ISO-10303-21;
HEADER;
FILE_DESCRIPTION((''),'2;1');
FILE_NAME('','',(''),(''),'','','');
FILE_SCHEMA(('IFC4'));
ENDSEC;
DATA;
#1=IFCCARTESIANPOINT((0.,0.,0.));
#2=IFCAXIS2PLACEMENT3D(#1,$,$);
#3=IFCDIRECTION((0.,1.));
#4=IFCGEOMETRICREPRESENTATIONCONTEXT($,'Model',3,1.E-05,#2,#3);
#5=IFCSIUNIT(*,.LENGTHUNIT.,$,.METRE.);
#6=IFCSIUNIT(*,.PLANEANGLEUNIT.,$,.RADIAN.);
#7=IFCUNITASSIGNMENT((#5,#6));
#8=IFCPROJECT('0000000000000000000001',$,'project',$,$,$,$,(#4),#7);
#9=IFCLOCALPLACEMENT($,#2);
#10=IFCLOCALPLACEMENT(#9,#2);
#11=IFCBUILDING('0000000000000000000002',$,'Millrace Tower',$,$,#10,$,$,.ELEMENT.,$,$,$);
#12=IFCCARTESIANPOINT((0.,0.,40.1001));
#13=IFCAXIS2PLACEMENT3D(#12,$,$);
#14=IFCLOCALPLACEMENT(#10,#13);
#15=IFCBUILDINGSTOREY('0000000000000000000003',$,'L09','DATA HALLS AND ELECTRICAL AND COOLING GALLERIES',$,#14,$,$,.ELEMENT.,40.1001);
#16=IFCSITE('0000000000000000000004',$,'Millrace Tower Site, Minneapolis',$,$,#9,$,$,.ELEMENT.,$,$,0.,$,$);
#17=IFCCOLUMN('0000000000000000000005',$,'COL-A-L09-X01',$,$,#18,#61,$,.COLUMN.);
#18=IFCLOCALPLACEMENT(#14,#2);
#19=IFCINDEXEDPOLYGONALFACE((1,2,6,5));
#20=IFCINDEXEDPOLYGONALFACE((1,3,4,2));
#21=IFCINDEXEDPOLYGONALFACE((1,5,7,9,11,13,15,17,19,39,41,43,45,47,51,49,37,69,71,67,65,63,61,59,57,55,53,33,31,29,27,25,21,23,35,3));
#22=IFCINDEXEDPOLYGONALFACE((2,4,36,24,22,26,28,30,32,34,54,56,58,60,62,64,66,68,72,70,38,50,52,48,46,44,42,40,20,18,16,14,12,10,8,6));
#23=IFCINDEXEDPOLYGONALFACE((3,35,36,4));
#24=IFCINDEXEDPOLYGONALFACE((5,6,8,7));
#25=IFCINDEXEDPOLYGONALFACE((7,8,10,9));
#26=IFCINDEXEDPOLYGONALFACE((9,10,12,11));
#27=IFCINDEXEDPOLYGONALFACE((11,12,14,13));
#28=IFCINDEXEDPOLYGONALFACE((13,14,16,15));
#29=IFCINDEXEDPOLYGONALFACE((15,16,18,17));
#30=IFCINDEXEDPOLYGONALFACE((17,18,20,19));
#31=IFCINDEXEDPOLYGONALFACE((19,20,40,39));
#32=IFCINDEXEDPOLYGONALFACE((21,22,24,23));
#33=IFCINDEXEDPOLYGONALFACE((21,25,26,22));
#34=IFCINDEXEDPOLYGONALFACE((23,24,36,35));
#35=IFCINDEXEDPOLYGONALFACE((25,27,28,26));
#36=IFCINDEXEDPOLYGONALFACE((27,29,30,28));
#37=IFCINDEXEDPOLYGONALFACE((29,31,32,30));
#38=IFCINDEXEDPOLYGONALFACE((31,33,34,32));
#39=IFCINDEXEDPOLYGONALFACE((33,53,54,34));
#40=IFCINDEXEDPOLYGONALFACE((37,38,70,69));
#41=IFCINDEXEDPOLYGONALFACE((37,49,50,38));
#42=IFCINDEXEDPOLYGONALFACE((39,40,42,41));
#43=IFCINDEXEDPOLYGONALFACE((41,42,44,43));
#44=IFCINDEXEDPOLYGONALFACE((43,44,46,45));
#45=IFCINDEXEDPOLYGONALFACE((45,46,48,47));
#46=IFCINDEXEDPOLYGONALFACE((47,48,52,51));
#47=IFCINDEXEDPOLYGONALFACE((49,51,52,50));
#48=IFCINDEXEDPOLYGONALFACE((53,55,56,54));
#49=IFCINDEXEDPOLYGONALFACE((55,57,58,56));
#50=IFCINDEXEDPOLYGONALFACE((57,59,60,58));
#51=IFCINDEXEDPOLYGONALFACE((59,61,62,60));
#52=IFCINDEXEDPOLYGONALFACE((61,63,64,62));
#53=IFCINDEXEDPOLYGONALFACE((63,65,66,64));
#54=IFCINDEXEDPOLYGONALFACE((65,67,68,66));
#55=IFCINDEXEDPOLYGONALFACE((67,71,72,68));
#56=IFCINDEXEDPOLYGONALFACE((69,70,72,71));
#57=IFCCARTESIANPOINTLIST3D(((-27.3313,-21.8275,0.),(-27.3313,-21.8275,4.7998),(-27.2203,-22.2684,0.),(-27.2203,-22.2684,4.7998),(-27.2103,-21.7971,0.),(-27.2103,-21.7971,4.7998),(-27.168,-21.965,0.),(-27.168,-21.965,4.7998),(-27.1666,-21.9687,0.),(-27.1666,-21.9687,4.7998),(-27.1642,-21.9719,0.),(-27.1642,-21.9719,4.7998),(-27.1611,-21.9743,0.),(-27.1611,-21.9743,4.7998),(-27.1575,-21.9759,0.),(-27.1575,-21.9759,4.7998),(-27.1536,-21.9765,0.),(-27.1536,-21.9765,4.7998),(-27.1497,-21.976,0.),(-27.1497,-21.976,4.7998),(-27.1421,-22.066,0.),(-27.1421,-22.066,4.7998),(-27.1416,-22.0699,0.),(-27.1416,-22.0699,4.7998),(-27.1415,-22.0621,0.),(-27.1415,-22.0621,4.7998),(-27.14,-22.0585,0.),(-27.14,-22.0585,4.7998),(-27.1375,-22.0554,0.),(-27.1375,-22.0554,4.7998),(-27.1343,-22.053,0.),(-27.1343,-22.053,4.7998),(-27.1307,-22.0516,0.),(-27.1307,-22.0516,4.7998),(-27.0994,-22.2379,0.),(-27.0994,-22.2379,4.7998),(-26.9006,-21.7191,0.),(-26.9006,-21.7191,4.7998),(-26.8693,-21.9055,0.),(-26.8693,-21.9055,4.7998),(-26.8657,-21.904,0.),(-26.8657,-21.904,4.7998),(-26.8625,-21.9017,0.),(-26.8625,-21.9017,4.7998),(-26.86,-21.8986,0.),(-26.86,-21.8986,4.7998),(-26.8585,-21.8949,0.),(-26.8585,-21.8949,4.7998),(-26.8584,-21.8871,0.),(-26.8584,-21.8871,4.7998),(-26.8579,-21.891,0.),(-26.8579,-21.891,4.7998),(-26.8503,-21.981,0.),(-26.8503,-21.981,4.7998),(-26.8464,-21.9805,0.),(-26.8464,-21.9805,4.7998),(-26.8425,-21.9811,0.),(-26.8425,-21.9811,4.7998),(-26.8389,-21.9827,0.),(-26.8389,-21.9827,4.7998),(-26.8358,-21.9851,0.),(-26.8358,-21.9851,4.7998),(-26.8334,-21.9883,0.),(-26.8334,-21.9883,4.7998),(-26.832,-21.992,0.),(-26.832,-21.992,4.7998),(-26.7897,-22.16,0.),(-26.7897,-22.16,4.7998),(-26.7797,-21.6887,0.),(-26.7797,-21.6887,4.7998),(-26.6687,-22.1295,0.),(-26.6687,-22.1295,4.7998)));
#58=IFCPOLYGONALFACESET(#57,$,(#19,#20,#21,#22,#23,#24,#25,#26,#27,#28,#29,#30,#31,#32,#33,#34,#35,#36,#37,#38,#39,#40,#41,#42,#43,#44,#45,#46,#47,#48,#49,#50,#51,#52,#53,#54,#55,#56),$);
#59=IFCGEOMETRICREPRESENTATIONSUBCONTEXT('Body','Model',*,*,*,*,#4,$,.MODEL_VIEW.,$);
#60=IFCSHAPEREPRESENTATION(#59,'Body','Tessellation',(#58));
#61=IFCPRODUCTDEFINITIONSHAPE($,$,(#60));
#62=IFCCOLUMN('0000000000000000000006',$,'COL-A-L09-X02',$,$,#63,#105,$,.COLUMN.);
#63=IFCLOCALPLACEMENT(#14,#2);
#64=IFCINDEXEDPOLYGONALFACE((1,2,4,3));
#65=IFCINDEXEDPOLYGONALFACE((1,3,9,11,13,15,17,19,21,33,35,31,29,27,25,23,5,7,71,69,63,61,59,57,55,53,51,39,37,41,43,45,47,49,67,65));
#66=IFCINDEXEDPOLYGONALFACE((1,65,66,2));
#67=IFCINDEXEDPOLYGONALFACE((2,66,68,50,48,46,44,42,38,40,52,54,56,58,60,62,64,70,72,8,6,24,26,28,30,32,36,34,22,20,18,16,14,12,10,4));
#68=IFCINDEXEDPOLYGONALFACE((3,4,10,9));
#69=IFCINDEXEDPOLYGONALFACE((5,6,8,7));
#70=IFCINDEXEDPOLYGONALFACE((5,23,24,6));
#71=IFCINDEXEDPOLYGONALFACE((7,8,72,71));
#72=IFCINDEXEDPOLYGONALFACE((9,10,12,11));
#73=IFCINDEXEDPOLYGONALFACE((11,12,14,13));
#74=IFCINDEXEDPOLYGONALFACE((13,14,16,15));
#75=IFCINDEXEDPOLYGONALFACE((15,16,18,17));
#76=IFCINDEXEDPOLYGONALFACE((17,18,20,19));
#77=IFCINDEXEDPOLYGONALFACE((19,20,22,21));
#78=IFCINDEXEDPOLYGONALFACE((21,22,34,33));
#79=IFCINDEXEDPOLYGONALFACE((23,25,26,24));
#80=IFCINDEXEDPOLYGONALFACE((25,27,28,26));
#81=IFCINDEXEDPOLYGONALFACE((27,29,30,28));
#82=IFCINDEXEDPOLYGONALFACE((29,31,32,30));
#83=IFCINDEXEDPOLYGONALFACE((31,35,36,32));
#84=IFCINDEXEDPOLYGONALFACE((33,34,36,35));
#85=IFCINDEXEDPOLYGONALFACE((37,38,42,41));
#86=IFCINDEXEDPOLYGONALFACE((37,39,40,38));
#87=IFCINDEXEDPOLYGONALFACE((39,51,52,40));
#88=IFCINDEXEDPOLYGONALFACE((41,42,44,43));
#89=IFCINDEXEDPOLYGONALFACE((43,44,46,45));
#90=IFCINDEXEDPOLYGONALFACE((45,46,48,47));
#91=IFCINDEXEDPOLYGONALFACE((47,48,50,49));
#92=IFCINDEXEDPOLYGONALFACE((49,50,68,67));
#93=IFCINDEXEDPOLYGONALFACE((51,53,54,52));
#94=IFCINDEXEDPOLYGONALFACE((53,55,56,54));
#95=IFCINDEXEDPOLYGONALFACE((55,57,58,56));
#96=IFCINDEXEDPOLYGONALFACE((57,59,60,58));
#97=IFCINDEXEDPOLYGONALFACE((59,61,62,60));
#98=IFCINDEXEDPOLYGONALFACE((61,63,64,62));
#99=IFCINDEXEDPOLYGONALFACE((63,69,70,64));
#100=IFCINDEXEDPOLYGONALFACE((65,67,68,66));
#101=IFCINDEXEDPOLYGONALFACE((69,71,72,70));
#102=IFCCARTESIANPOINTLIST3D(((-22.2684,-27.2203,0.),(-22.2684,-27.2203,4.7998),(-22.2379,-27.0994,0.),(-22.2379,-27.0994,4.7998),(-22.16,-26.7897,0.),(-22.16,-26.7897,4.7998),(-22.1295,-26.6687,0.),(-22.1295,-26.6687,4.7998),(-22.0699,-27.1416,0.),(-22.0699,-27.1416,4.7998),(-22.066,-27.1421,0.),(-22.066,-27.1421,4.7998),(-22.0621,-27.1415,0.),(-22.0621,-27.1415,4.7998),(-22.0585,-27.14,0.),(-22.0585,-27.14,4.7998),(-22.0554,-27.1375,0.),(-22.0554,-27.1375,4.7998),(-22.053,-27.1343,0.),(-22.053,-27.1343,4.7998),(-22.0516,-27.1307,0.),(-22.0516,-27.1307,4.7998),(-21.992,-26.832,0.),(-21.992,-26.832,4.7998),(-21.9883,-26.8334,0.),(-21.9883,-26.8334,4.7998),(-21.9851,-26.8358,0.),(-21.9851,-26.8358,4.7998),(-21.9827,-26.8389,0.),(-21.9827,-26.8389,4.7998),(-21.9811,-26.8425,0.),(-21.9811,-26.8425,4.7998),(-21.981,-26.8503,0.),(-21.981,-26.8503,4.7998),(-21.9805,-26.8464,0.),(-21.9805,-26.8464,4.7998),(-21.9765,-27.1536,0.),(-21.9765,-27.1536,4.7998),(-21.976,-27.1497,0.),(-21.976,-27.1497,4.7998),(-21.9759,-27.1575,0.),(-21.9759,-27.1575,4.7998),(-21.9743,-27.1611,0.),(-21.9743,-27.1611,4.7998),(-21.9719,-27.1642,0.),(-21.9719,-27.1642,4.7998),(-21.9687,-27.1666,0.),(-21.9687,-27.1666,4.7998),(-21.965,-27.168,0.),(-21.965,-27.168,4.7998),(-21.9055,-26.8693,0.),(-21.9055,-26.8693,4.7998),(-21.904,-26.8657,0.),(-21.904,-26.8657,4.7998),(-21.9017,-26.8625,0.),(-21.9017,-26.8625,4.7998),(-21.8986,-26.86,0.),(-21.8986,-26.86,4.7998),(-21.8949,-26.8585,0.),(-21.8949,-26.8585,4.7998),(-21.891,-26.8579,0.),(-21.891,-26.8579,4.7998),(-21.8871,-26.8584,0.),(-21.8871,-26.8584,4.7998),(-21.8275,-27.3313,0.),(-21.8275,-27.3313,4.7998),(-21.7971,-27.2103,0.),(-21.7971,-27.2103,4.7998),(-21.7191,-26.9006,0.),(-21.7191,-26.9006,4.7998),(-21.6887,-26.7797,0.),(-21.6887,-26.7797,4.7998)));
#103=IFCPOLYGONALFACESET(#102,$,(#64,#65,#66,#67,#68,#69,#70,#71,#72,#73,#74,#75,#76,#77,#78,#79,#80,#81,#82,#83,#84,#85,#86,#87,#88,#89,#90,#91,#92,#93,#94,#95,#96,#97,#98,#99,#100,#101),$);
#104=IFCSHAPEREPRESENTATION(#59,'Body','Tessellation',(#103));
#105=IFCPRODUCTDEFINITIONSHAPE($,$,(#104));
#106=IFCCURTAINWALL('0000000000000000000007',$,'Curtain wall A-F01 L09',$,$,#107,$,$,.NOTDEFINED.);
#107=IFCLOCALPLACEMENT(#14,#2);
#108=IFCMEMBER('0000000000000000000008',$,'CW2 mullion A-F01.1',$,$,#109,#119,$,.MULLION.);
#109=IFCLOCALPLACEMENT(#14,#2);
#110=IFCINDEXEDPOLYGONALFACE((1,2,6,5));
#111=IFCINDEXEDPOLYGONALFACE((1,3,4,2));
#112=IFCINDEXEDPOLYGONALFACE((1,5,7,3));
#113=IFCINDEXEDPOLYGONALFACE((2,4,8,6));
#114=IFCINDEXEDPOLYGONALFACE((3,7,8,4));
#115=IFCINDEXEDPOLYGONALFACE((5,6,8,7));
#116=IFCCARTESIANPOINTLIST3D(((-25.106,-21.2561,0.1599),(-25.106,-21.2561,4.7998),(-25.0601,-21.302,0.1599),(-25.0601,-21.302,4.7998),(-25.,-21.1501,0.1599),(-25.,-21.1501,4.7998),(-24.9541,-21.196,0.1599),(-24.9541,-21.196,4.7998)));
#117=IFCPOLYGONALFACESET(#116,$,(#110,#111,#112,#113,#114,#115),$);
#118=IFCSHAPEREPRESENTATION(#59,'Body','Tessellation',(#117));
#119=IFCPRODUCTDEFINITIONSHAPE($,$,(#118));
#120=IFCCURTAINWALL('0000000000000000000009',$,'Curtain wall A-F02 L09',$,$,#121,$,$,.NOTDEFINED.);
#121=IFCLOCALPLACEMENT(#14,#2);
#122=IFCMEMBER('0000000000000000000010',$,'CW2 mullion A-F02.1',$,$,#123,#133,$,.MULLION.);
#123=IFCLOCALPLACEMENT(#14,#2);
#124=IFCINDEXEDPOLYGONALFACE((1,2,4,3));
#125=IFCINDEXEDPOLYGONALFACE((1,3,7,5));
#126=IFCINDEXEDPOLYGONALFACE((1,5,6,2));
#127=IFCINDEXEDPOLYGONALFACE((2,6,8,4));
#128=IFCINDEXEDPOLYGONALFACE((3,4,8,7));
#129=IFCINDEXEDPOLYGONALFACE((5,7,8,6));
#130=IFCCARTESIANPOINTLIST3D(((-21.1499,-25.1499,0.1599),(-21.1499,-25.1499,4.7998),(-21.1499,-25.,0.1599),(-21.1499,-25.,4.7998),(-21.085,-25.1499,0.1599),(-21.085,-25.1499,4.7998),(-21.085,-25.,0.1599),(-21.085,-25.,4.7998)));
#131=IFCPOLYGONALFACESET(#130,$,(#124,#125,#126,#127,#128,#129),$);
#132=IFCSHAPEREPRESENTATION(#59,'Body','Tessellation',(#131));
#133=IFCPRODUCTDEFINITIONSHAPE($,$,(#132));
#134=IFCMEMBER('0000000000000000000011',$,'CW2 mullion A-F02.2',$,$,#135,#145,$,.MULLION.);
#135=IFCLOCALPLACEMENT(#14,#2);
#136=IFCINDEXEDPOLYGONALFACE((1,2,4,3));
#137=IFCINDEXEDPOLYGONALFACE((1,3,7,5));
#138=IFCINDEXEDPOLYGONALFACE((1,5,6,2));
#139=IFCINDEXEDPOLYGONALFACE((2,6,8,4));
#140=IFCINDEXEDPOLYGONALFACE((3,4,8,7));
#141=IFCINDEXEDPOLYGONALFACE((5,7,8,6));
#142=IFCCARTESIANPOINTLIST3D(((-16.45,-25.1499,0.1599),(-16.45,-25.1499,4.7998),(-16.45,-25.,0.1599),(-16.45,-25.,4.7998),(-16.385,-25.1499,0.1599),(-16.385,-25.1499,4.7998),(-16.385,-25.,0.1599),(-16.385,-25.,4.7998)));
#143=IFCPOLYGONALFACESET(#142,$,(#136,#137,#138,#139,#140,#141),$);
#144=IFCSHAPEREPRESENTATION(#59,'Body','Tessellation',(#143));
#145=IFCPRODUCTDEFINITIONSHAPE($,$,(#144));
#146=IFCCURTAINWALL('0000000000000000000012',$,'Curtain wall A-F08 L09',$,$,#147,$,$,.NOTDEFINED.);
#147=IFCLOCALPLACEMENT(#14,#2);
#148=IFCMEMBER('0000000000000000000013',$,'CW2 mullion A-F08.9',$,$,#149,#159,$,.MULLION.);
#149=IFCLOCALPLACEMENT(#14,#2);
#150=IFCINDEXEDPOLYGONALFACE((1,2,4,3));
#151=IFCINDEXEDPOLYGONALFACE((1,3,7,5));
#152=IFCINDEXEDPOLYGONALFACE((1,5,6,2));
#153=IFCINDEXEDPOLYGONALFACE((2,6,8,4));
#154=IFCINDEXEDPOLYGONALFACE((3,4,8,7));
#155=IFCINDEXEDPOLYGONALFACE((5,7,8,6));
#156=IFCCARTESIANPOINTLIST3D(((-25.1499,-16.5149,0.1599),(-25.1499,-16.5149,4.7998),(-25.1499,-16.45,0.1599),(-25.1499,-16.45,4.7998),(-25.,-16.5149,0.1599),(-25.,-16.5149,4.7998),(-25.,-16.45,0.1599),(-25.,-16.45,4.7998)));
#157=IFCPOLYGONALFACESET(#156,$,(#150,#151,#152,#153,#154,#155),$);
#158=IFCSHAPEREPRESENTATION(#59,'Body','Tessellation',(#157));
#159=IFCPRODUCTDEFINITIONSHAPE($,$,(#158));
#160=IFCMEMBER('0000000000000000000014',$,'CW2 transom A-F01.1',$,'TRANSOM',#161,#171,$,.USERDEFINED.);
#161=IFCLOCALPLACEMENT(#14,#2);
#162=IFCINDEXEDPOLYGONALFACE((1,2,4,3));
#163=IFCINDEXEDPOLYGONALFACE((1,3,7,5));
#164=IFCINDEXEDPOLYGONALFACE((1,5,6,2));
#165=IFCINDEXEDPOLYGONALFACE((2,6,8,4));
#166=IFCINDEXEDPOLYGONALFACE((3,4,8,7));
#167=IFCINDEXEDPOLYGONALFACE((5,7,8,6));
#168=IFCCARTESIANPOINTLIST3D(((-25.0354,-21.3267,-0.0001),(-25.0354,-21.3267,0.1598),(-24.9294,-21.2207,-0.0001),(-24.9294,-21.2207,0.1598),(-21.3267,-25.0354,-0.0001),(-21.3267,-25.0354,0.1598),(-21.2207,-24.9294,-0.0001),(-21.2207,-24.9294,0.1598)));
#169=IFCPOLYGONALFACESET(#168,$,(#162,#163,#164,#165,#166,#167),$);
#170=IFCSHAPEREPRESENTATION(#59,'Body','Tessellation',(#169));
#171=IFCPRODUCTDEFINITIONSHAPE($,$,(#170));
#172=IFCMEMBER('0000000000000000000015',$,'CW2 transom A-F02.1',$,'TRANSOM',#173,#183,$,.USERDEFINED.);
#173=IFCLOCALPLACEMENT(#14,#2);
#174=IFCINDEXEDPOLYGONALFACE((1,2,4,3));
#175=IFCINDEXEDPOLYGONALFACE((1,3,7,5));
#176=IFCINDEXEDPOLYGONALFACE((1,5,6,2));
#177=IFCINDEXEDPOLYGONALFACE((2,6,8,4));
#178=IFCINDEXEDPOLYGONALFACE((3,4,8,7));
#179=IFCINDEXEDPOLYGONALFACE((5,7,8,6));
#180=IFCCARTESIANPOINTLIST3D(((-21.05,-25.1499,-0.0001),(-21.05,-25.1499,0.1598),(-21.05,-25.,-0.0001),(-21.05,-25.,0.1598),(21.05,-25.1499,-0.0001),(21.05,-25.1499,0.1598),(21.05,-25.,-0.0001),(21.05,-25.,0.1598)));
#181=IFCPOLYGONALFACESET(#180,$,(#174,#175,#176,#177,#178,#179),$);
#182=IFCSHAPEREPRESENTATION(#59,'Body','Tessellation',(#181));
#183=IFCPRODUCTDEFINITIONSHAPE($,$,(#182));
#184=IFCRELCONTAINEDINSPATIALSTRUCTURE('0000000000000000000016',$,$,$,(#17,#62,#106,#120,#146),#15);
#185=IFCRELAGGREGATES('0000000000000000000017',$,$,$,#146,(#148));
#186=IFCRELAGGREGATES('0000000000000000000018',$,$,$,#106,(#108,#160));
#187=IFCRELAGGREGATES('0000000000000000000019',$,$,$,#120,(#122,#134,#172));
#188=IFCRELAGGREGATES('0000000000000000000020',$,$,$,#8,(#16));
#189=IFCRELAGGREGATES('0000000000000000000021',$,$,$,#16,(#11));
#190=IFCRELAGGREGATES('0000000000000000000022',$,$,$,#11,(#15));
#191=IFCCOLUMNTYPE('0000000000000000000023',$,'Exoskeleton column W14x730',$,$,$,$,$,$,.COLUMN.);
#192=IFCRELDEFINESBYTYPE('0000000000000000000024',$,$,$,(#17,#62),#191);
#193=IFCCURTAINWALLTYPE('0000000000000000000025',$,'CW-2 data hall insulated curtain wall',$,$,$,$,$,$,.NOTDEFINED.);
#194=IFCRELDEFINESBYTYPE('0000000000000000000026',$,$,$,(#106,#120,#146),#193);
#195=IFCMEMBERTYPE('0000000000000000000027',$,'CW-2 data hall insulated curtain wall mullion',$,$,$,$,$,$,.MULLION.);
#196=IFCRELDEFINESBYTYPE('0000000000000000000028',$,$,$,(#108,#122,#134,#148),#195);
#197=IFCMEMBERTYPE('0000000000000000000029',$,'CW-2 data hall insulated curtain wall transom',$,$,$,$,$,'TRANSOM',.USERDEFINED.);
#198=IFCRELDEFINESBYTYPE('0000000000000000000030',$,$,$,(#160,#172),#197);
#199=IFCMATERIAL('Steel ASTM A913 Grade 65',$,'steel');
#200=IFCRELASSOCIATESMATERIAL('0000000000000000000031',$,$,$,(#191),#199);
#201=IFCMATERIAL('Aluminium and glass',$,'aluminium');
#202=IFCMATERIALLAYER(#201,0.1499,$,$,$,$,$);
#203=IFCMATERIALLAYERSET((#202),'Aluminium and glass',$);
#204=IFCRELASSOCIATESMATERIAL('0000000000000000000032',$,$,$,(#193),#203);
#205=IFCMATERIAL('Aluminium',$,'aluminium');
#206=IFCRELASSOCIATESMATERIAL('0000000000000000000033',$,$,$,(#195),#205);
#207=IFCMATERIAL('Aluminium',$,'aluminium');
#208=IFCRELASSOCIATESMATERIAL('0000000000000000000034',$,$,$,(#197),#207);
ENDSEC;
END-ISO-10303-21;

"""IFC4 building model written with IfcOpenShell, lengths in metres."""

from ifc_helpers import new_model, si_unit, direction, frame, origin, origin_2d, place, context, subcontext, project, spatial, rectangle, i_section, extrude, material, layer, layer_set, material_profile, profile_set, type_object, element, aggregate, save


model = new_model("IFC4")

# Units and contexts
model_context = context("Model", 3, precision=1e-05, world=origin(), true_north=direction((0.0, 1.0)))
body_context = subcontext(model_context, "Body", "Model", "MODEL_VIEW")
ifc_project = project(units=[si_unit("LENGTHUNIT", "METRE"), si_unit("PLANEANGLEUNIT", "RADIAN")], contexts=[model_context])

# Site, building, storey
site_placement = place(None, origin())
site = spatial("IfcSite", under=ifc_project, at=site_placement, Name="Millrace Tower Site, Minneapolis", CompositionType="ELEMENT", RefElevation=0.0)
building_placement = place(site_placement, origin())
building = spatial("IfcBuilding", under=site, at=building_placement, Name="Millrace Tower", CompositionType="ELEMENT")
storey_placement = place(building_placement, frame((0.0, 0.0, 40.1001)))
storey = spatial("IfcBuildingStorey", under=building, at=storey_placement, Name="L09", Description="DATA HALLS AND ELECTRICAL AND COOLING GALLERIES", CompositionType="ELEMENT", Elevation=40.1001)

# Columns
ifc_material_1 = material(Name="Steel ASTM A913 Grade 65", Category="steel")
ifc_material_profile_1 = material_profile(ifc_material_1, i_section(OverallWidth=0.4546, OverallDepth=0.5688, WebThickness=0.0779, FlangeThickness=0.1248, FilletRadius=0.0151, at=origin_2d()))
ifc_profile_set_1 = profile_set([ifc_material_profile_1], Name="Steel ASTM A913 Grade 65")
column_type = type_object("IfcColumnType", Name="Exoskeleton column W14x730", PredefinedType="COLUMN", material=ifc_profile_set_1)
for number, where, z_axis, x_axis, name in (
    (1, (-27.0, -21.9785, 0.0), (0.0, 0.0, 1.0), (0.244094, -0.969752, 0.0), "COL-A-L09-X01"),
    (2, (-21.9785, -27.0, 0.0), (0.0, 0.0, 1.0), (0.969752, -0.244094, 0.0), "COL-A-L09-X02"),
):
    element("IfcColumn", number, at=place(storey_placement, frame(where, z_axis=z_axis, x_axis=x_axis)), inside=storey, type_object=column_type, Name=name, PredefinedType="COLUMN", context=body_context, shape_type="SweptSolid", body=[
        extrude(i_section(OverallWidth=0.4546, OverallDepth=0.5688, WebThickness=0.0779, FlangeThickness=0.1248, FilletRadius=0.0151, at=origin_2d()), origin(), (0.0, 0.0, 1.0), 4.7998),
    ])

# Curtain wall, member
ifc_material_2 = material(Name="Aluminium and glass", Category="aluminium")
ifc_layer_1 = layer(ifc_material_2, 0.1499)
ifc_layer_set_1 = layer_set([ifc_layer_1], Name="Aluminium and glass")
curtain_wall_type = type_object("IfcCurtainWallType", Name="CW-2 data hall insulated curtain wall", PredefinedType="NOTDEFINED", material=ifc_layer_set_1)
placement = place(storey_placement, origin())
curtain_wall_1 = element("IfcCurtainWall", 3, at=placement, inside=storey, type_object=curtain_wall_type, Name="Curtain wall A-F01 L09", PredefinedType="NOTDEFINED")
ifc_material_3 = material(Name="Aluminium", Category="aluminium")
ifc_material_profile_2 = material_profile(ifc_material_3, rectangle(XDim=0.0649, YDim=0.1499, at=origin_2d()))
ifc_profile_set_2 = profile_set([ifc_material_profile_2], Name="Aluminium")
member_type_1 = type_object("IfcMemberType", Name="CW-2 data hall insulated curtain wall mullion", PredefinedType="MULLION", material=ifc_profile_set_2)
member_1_placement = place(storey_placement, frame((-25.03, -21.2261, 0.1599), z_axis=(0.0, 0.0, 1.0), x_axis=(0.707107, -0.707107, 0.0)))
member_1 = element("IfcMember", 4, at=member_1_placement, type_object=member_type_1, Name="CW2 mullion A-F01.1", PredefinedType="MULLION", context=body_context, shape_type="SweptSolid", body=[
    extrude(rectangle(XDim=0.0649, YDim=0.1499, at=origin_2d()), origin(), (0.0, 0.0, 1.0), 4.6399),
])

# Curtain wall, members
curtain_wall_2 = element("IfcCurtainWall", 5, at=placement, inside=storey, type_object=curtain_wall_type, Name="Curtain wall A-F02 L09", PredefinedType="NOTDEFINED")
member_2_placement = place(storey_placement, frame((-21.1174, -25.075, 0.1599), z_axis=(0.0, 0.0, 1.0), x_axis=(1.0, 0.0, 0.0)))
member_2 = element("IfcMember", 6, at=member_2_placement, type_object=member_type_1, Name="CW2 mullion A-F02.1", PredefinedType="MULLION", context=body_context, shape_type="SweptSolid", body=[
    extrude(rectangle(XDim=0.0649, YDim=0.1499, at=origin_2d()), origin(), (0.0, 0.0, 1.0), 4.6399),
])
member_3_placement = place(storey_placement, frame((-16.4175, -25.075, 0.1599), z_axis=(0.0, 0.0, 1.0), x_axis=(1.0, 0.0, 0.0)))
member_3 = element("IfcMember", 7, at=member_3_placement, type_object=member_type_1, Name="CW2 mullion A-F02.2", PredefinedType="MULLION", context=body_context, shape_type="SweptSolid", body=[
    extrude(rectangle(XDim=0.0649, YDim=0.1499, at=origin_2d()), origin(), (0.0, 0.0, 1.0), 4.6399),
])

# Curtain wall, member
curtain_wall_3 = element("IfcCurtainWall", 8, at=placement, inside=storey, type_object=curtain_wall_type, Name="Curtain wall A-F08 L09", PredefinedType="NOTDEFINED")
member_4_placement = place(storey_placement, frame((-25.075, -16.4824, 0.1599), z_axis=(0.0, 0.0, 1.0), x_axis=(0.0, -1.0, 0.0)))
member_4 = element("IfcMember", 9, at=member_4_placement, type_object=member_type_1, Name="CW2 mullion A-F08.9", PredefinedType="MULLION", context=body_context, shape_type="SweptSolid", body=[
    extrude(rectangle(XDim=0.0649, YDim=0.1499, at=origin_2d()), origin(), (0.0, 0.0, 1.0), 4.6399),
])
aggregate(curtain_wall_3, [member_4])

# Members
ifc_material_4 = material(Name="Aluminium", Category="aluminium")
ifc_material_profile_3 = material_profile(ifc_material_4, rectangle(XDim=0.1499, YDim=0.1599, at=origin_2d()))
ifc_profile_set_3 = profile_set([ifc_material_profile_3], Name="Aluminium")
member_type_2 = type_object("IfcMemberType", Name="CW-2 data hall insulated curtain wall transom", ElementType="TRANSOM", PredefinedType="USERDEFINED", material=ifc_profile_set_3)
member_5_placement = place(storey_placement, frame((-24.9824, -21.2737, 0.0798), z_axis=(0.707107, -0.707107, 0.0), x_axis=(0.707107, 0.707107, 0.0)))
member_5 = element("IfcMember", 10, at=member_5_placement, type_object=member_type_2, Name="CW2 transom A-F01.1", ObjectType="TRANSOM", PredefinedType="USERDEFINED", context=body_context, shape_type="SweptSolid", body=[
    extrude(rectangle(XDim=0.1499, YDim=0.1599, at=origin_2d()), origin(), (0.0, 0.0, 1.0), 5.2449),
])
aggregate(curtain_wall_1, [member_1, member_5])
member_6_placement = place(storey_placement, frame((-21.05, -25.075, 0.0798), z_axis=(1.0, 0.0, 0.0), x_axis=(0.0, 1.0, 0.0)))
member_6 = element("IfcMember", 11, at=member_6_placement, type_object=member_type_2, Name="CW2 transom A-F02.1", ObjectType="TRANSOM", PredefinedType="USERDEFINED", context=body_context, shape_type="SweptSolid", body=[
    extrude(rectangle(XDim=0.1499, YDim=0.1599, at=origin_2d()), origin(), (0.0, 0.0, 1.0), 42.1001),
])
aggregate(curtain_wall_2, [member_2, member_3, member_6])

save(model, "model.ifc")
